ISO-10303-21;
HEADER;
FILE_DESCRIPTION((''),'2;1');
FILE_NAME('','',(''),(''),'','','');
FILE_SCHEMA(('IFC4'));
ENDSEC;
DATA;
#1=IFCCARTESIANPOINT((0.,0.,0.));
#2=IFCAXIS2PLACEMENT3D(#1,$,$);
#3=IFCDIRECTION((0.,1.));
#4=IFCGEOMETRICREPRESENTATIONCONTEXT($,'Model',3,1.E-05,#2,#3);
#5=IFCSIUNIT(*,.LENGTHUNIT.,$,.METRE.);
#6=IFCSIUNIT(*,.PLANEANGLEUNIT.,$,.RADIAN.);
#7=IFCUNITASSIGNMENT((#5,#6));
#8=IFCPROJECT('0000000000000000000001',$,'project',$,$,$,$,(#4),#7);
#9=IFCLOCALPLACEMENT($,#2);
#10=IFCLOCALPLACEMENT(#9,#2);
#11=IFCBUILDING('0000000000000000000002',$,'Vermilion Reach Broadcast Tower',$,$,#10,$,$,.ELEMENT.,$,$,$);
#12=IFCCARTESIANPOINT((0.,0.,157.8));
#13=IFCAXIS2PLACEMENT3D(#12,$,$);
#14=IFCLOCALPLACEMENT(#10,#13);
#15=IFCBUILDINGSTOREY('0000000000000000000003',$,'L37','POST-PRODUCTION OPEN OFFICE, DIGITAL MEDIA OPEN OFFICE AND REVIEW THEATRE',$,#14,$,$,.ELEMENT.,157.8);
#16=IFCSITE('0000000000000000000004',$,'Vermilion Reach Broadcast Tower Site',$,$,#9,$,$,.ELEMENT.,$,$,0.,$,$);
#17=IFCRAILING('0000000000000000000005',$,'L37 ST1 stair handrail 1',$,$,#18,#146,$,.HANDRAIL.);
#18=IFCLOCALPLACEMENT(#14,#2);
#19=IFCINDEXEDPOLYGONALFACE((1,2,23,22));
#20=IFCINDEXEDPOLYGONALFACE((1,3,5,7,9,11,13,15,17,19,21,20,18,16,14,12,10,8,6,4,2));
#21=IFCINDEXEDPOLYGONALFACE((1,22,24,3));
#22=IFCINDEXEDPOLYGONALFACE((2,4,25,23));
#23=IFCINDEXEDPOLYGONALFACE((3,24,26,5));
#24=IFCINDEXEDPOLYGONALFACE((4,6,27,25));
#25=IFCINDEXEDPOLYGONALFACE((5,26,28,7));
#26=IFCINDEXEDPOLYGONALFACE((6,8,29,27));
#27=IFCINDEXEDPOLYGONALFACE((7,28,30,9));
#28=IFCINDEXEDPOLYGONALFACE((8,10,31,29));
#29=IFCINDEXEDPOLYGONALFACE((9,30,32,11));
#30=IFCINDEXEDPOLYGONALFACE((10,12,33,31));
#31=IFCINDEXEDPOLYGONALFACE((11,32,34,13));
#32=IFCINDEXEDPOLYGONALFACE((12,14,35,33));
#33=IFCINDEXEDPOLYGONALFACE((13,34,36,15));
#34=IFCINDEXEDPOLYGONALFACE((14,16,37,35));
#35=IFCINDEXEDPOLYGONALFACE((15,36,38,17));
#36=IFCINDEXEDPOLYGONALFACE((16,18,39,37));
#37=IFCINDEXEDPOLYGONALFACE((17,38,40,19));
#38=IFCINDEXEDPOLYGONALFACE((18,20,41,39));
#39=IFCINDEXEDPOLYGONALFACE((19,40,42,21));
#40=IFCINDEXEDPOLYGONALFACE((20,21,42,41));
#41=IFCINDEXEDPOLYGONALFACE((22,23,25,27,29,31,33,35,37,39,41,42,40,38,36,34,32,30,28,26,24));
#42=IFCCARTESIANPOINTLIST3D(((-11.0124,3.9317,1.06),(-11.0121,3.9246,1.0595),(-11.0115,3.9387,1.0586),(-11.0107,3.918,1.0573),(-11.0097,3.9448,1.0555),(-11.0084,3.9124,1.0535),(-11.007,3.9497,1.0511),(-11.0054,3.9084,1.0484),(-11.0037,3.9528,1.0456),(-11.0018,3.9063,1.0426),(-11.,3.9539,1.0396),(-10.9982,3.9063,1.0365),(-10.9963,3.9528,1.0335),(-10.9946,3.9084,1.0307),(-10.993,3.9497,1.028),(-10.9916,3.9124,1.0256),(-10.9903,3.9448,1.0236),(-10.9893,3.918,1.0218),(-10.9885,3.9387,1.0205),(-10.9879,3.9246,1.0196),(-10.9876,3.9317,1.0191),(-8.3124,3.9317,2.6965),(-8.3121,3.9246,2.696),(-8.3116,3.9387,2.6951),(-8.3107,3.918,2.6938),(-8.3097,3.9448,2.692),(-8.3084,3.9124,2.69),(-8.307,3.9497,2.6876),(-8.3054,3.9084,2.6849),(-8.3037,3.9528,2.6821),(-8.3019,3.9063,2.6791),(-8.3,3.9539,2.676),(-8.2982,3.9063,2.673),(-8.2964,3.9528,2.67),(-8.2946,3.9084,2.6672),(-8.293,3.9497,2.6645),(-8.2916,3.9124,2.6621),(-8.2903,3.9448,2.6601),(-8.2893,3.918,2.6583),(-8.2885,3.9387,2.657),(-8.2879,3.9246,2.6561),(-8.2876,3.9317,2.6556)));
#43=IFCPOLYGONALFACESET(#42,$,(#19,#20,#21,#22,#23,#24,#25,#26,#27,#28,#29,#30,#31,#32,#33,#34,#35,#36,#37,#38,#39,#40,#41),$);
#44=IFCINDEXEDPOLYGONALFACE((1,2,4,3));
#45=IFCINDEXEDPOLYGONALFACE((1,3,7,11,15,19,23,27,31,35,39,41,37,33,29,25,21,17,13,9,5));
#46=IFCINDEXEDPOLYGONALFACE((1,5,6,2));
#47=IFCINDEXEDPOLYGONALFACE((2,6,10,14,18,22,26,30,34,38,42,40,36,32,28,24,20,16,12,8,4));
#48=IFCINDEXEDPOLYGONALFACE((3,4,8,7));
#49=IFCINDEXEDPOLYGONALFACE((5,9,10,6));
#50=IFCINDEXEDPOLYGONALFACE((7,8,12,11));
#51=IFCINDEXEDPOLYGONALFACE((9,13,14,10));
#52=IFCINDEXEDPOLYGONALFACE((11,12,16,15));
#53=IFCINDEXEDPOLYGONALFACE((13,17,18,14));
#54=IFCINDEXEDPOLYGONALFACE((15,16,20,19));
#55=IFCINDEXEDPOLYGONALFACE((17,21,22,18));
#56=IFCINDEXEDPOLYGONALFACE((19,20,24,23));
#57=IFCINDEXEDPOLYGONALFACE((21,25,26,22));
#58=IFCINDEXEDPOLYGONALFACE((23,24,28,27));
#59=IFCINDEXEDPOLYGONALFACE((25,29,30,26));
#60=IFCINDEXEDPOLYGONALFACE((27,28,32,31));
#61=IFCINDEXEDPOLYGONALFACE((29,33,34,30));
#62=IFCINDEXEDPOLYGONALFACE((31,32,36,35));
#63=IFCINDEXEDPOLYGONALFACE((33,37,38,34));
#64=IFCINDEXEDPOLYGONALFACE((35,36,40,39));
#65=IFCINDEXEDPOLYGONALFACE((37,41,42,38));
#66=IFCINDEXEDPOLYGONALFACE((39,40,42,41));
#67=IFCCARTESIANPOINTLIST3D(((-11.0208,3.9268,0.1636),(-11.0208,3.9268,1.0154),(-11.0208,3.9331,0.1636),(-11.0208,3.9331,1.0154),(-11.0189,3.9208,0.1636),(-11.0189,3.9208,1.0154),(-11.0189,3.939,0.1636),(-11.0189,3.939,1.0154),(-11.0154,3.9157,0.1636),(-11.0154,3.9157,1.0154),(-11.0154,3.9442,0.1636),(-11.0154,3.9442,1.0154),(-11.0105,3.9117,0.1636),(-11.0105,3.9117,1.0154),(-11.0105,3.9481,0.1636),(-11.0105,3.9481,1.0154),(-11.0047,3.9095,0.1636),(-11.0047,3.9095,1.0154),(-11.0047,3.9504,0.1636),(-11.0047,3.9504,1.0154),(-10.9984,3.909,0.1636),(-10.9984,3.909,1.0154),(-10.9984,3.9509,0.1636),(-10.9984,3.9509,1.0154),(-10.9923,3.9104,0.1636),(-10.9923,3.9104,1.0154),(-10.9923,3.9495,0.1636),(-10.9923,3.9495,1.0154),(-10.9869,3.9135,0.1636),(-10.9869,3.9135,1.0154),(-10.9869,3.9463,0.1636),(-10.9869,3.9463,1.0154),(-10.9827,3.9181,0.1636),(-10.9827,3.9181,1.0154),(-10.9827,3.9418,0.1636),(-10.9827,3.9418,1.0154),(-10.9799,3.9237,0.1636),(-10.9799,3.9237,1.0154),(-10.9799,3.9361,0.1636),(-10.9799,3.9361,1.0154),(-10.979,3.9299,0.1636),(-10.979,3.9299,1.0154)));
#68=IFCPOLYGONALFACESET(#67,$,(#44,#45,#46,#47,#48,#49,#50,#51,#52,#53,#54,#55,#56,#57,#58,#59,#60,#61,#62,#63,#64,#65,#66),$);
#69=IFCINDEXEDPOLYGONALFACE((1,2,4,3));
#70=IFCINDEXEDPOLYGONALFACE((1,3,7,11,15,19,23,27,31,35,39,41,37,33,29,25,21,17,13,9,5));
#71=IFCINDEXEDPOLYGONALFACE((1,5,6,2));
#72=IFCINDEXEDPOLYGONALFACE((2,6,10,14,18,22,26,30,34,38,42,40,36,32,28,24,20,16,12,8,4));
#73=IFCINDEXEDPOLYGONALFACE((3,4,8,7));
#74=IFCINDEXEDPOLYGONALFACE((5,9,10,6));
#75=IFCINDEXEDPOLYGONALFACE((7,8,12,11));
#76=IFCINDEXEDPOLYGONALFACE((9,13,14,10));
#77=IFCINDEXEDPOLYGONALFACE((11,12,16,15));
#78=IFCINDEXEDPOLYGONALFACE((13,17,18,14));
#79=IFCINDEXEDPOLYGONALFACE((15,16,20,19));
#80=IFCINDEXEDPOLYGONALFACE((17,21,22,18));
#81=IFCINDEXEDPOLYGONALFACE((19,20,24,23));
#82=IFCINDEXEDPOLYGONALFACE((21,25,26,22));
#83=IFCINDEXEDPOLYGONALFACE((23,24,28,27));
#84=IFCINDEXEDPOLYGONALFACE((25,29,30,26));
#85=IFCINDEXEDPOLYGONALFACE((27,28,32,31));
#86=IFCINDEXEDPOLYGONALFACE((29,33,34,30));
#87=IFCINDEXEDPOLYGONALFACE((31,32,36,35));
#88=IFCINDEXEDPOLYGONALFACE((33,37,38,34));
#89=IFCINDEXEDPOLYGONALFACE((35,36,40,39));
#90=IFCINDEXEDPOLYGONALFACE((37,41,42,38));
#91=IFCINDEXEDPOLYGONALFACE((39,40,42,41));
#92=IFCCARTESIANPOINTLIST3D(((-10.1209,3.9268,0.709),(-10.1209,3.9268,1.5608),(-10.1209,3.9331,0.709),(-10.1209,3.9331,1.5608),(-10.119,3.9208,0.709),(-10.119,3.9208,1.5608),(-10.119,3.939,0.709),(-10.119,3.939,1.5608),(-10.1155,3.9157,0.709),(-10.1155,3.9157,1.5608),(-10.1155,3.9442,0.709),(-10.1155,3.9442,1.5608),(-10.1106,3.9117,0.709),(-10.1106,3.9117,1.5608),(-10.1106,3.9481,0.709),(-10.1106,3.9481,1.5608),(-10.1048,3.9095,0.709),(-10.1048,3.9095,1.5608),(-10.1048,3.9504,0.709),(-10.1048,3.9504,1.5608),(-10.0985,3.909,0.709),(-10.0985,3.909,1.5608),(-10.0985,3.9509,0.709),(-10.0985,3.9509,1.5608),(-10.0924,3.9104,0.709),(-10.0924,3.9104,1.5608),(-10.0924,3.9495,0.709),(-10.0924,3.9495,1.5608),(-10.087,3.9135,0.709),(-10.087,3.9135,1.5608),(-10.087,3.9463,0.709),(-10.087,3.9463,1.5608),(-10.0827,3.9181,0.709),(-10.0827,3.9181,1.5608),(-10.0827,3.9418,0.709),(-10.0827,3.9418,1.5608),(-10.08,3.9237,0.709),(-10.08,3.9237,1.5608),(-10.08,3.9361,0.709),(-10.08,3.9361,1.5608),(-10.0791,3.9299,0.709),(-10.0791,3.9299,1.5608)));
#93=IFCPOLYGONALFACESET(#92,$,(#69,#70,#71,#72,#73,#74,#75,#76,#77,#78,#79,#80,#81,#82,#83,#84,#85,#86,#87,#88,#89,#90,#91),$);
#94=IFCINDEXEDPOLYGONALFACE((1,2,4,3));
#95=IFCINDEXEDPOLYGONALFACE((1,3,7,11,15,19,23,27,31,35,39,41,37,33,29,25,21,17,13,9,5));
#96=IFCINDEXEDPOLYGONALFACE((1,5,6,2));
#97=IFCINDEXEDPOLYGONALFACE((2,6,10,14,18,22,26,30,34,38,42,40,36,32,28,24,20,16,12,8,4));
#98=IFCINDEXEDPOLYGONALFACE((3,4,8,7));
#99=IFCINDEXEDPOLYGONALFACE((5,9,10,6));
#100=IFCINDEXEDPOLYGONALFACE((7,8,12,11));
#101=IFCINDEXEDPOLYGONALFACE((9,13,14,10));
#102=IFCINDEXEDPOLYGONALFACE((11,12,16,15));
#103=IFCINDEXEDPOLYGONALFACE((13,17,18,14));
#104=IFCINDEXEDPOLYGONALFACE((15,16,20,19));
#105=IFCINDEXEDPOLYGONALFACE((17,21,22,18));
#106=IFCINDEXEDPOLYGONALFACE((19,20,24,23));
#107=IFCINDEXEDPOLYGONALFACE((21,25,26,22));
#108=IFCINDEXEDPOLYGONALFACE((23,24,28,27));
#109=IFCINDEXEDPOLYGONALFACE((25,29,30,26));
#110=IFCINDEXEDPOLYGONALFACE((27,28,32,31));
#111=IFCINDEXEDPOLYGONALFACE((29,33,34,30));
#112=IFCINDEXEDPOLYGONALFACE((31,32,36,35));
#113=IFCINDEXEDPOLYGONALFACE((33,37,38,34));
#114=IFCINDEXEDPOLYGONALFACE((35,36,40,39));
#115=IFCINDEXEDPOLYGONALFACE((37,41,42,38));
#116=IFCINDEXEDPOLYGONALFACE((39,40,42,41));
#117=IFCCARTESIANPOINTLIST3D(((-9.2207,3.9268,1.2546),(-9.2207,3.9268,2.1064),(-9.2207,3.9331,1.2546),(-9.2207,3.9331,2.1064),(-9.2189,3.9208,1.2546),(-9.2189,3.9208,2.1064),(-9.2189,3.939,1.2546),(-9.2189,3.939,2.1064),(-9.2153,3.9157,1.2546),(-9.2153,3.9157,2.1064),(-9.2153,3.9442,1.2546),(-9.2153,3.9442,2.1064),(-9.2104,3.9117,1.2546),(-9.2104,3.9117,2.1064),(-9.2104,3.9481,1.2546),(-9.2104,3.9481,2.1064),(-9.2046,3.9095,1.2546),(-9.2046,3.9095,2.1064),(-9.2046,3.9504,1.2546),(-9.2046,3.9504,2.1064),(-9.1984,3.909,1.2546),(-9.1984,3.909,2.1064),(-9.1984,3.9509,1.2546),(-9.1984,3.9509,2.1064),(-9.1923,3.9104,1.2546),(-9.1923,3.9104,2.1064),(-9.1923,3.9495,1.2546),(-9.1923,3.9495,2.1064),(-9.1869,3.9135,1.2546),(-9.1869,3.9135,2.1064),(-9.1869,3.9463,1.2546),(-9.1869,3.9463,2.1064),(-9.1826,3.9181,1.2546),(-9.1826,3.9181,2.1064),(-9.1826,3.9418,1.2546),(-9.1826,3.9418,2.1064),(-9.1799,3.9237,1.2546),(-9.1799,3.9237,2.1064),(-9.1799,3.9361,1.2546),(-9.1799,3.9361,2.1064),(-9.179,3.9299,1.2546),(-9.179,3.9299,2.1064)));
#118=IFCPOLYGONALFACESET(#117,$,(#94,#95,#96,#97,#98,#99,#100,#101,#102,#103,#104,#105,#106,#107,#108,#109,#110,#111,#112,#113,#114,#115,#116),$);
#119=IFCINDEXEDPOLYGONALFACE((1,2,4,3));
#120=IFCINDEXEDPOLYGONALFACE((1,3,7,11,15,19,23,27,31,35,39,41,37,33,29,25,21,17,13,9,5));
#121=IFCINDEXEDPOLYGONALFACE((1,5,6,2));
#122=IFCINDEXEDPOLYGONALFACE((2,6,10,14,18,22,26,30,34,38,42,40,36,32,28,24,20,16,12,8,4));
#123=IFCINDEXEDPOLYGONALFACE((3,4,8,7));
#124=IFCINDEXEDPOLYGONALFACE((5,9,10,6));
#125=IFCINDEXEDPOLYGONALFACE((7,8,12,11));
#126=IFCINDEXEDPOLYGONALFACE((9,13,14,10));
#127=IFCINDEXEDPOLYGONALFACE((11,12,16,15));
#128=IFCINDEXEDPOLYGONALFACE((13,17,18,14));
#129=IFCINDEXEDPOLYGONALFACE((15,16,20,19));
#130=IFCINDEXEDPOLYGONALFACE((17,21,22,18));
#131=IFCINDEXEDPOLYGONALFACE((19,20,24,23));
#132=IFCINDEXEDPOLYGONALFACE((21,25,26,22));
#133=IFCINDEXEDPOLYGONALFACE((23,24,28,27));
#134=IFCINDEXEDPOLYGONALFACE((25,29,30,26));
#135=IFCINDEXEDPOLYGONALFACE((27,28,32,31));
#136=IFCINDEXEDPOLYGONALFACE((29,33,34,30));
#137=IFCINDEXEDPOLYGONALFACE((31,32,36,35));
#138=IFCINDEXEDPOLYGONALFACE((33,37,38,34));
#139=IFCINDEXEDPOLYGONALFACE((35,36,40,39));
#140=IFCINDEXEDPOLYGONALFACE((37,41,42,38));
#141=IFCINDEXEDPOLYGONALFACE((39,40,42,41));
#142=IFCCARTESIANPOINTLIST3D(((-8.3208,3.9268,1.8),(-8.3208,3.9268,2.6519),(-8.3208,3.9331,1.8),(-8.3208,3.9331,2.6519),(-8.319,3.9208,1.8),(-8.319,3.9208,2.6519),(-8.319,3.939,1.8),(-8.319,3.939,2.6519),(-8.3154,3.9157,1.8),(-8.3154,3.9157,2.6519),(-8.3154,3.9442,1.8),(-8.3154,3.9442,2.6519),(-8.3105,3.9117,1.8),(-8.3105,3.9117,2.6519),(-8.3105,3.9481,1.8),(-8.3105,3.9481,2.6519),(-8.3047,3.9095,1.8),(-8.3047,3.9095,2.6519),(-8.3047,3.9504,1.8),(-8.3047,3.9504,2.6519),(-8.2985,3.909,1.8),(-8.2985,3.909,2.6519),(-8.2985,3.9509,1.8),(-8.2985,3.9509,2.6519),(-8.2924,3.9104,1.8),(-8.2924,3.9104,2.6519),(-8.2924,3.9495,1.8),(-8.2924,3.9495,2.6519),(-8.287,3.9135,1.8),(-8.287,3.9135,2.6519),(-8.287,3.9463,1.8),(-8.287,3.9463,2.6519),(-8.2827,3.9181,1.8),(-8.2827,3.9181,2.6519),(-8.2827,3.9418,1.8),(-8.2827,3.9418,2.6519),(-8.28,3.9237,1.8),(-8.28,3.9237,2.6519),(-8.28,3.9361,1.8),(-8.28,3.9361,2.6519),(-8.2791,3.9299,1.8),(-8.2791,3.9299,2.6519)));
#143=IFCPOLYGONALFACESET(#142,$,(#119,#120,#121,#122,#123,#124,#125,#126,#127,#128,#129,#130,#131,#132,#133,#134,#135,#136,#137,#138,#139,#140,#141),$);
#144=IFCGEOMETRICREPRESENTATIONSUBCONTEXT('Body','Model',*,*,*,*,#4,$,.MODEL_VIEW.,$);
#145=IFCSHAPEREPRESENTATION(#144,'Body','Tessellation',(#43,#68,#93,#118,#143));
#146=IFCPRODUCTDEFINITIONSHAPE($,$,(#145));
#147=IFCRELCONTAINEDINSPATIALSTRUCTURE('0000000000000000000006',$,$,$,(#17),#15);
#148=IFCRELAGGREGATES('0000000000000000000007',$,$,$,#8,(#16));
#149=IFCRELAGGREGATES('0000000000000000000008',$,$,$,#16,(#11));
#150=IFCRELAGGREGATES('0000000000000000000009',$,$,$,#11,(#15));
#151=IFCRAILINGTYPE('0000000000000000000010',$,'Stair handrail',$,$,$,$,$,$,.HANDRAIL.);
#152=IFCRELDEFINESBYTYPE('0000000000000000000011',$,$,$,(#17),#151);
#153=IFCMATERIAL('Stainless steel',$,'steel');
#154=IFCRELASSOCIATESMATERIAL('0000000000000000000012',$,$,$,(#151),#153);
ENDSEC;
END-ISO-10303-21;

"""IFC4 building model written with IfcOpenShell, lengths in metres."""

from ifc_helpers import new_model, si_unit, direction, frame, origin, origin_2d, place, context, subcontext, project, spatial, circle, extrude, material, type_object, element, save


model = new_model("IFC4")

# Units and contexts
model_context = context("Model", 3, precision=1e-05, world=origin(), true_north=direction((0.0, 1.0)))
body_context = subcontext(model_context, "Body", "Model", "MODEL_VIEW")
ifc_project = project(units=[si_unit("LENGTHUNIT", "METRE"), si_unit("PLANEANGLEUNIT", "RADIAN")], contexts=[model_context])

# Site, building, storey
site_placement = place(None, origin())
site = spatial("IfcSite", under=ifc_project, at=site_placement, Name="Vermilion Reach Broadcast Tower Site", CompositionType="ELEMENT", RefElevation=0.0)
building_placement = place(site_placement, origin())
building = spatial("IfcBuilding", under=site, at=building_placement, Name="Vermilion Reach Broadcast Tower", CompositionType="ELEMENT")
storey_placement = place(building_placement, frame((0.0, 0.0, 157.8)))
storey = spatial("IfcBuildingStorey", under=building, at=storey_placement, Name="L37", Description="POST-PRODUCTION OPEN OFFICE, DIGITAL MEDIA OPEN OFFICE AND REVIEW THEATRE", CompositionType="ELEMENT", Elevation=157.8)

# Railing
ifc_material_1 = material(Name="Stainless steel", Category="steel")
railing_type_1 = type_object("IfcRailingType", Name="Stair handrail", PredefinedType="HANDRAIL", material=ifc_material_1)
railing_1_placement = place(storey_placement, frame((-11.0, 3.9299, 0.1636)))
element("IfcRailing", 1, at=railing_1_placement, inside=storey, type_object=railing_type_1, Name="L37 ST1 stair handrail 1", PredefinedType="HANDRAIL", context=body_context, shape_type="SweptSolid", body=[
    extrude(circle(Radius=0.0239, at=origin_2d()), frame((0.0, 0.0, 0.876), z_axis=(0.855178, 0.0, 0.518334), x_axis=(0.0, 1.0, 0.0)), (0.0, 0.0, 1.0), 3.1572),
    extrude(circle(Radius=0.021, at=origin_2d()), origin(), (0.0, 0.0, 1.0), 0.8518),
    extrude(circle(Radius=0.021, at=origin_2d()), frame((0.8999, 0.0, 0.5454)), (0.0, 0.0, 1.0), 0.8518),
    extrude(circle(Radius=0.021, at=origin_2d()), frame((1.8, 0.0, 1.0911)), (0.0, 0.0, 1.0), 0.8518),
    extrude(circle(Radius=0.021, at=origin_2d()), frame((2.7, 0.0, 1.6365)), (0.0, 0.0, 1.0), 0.8518),
])

save(model, "model.ifc")
